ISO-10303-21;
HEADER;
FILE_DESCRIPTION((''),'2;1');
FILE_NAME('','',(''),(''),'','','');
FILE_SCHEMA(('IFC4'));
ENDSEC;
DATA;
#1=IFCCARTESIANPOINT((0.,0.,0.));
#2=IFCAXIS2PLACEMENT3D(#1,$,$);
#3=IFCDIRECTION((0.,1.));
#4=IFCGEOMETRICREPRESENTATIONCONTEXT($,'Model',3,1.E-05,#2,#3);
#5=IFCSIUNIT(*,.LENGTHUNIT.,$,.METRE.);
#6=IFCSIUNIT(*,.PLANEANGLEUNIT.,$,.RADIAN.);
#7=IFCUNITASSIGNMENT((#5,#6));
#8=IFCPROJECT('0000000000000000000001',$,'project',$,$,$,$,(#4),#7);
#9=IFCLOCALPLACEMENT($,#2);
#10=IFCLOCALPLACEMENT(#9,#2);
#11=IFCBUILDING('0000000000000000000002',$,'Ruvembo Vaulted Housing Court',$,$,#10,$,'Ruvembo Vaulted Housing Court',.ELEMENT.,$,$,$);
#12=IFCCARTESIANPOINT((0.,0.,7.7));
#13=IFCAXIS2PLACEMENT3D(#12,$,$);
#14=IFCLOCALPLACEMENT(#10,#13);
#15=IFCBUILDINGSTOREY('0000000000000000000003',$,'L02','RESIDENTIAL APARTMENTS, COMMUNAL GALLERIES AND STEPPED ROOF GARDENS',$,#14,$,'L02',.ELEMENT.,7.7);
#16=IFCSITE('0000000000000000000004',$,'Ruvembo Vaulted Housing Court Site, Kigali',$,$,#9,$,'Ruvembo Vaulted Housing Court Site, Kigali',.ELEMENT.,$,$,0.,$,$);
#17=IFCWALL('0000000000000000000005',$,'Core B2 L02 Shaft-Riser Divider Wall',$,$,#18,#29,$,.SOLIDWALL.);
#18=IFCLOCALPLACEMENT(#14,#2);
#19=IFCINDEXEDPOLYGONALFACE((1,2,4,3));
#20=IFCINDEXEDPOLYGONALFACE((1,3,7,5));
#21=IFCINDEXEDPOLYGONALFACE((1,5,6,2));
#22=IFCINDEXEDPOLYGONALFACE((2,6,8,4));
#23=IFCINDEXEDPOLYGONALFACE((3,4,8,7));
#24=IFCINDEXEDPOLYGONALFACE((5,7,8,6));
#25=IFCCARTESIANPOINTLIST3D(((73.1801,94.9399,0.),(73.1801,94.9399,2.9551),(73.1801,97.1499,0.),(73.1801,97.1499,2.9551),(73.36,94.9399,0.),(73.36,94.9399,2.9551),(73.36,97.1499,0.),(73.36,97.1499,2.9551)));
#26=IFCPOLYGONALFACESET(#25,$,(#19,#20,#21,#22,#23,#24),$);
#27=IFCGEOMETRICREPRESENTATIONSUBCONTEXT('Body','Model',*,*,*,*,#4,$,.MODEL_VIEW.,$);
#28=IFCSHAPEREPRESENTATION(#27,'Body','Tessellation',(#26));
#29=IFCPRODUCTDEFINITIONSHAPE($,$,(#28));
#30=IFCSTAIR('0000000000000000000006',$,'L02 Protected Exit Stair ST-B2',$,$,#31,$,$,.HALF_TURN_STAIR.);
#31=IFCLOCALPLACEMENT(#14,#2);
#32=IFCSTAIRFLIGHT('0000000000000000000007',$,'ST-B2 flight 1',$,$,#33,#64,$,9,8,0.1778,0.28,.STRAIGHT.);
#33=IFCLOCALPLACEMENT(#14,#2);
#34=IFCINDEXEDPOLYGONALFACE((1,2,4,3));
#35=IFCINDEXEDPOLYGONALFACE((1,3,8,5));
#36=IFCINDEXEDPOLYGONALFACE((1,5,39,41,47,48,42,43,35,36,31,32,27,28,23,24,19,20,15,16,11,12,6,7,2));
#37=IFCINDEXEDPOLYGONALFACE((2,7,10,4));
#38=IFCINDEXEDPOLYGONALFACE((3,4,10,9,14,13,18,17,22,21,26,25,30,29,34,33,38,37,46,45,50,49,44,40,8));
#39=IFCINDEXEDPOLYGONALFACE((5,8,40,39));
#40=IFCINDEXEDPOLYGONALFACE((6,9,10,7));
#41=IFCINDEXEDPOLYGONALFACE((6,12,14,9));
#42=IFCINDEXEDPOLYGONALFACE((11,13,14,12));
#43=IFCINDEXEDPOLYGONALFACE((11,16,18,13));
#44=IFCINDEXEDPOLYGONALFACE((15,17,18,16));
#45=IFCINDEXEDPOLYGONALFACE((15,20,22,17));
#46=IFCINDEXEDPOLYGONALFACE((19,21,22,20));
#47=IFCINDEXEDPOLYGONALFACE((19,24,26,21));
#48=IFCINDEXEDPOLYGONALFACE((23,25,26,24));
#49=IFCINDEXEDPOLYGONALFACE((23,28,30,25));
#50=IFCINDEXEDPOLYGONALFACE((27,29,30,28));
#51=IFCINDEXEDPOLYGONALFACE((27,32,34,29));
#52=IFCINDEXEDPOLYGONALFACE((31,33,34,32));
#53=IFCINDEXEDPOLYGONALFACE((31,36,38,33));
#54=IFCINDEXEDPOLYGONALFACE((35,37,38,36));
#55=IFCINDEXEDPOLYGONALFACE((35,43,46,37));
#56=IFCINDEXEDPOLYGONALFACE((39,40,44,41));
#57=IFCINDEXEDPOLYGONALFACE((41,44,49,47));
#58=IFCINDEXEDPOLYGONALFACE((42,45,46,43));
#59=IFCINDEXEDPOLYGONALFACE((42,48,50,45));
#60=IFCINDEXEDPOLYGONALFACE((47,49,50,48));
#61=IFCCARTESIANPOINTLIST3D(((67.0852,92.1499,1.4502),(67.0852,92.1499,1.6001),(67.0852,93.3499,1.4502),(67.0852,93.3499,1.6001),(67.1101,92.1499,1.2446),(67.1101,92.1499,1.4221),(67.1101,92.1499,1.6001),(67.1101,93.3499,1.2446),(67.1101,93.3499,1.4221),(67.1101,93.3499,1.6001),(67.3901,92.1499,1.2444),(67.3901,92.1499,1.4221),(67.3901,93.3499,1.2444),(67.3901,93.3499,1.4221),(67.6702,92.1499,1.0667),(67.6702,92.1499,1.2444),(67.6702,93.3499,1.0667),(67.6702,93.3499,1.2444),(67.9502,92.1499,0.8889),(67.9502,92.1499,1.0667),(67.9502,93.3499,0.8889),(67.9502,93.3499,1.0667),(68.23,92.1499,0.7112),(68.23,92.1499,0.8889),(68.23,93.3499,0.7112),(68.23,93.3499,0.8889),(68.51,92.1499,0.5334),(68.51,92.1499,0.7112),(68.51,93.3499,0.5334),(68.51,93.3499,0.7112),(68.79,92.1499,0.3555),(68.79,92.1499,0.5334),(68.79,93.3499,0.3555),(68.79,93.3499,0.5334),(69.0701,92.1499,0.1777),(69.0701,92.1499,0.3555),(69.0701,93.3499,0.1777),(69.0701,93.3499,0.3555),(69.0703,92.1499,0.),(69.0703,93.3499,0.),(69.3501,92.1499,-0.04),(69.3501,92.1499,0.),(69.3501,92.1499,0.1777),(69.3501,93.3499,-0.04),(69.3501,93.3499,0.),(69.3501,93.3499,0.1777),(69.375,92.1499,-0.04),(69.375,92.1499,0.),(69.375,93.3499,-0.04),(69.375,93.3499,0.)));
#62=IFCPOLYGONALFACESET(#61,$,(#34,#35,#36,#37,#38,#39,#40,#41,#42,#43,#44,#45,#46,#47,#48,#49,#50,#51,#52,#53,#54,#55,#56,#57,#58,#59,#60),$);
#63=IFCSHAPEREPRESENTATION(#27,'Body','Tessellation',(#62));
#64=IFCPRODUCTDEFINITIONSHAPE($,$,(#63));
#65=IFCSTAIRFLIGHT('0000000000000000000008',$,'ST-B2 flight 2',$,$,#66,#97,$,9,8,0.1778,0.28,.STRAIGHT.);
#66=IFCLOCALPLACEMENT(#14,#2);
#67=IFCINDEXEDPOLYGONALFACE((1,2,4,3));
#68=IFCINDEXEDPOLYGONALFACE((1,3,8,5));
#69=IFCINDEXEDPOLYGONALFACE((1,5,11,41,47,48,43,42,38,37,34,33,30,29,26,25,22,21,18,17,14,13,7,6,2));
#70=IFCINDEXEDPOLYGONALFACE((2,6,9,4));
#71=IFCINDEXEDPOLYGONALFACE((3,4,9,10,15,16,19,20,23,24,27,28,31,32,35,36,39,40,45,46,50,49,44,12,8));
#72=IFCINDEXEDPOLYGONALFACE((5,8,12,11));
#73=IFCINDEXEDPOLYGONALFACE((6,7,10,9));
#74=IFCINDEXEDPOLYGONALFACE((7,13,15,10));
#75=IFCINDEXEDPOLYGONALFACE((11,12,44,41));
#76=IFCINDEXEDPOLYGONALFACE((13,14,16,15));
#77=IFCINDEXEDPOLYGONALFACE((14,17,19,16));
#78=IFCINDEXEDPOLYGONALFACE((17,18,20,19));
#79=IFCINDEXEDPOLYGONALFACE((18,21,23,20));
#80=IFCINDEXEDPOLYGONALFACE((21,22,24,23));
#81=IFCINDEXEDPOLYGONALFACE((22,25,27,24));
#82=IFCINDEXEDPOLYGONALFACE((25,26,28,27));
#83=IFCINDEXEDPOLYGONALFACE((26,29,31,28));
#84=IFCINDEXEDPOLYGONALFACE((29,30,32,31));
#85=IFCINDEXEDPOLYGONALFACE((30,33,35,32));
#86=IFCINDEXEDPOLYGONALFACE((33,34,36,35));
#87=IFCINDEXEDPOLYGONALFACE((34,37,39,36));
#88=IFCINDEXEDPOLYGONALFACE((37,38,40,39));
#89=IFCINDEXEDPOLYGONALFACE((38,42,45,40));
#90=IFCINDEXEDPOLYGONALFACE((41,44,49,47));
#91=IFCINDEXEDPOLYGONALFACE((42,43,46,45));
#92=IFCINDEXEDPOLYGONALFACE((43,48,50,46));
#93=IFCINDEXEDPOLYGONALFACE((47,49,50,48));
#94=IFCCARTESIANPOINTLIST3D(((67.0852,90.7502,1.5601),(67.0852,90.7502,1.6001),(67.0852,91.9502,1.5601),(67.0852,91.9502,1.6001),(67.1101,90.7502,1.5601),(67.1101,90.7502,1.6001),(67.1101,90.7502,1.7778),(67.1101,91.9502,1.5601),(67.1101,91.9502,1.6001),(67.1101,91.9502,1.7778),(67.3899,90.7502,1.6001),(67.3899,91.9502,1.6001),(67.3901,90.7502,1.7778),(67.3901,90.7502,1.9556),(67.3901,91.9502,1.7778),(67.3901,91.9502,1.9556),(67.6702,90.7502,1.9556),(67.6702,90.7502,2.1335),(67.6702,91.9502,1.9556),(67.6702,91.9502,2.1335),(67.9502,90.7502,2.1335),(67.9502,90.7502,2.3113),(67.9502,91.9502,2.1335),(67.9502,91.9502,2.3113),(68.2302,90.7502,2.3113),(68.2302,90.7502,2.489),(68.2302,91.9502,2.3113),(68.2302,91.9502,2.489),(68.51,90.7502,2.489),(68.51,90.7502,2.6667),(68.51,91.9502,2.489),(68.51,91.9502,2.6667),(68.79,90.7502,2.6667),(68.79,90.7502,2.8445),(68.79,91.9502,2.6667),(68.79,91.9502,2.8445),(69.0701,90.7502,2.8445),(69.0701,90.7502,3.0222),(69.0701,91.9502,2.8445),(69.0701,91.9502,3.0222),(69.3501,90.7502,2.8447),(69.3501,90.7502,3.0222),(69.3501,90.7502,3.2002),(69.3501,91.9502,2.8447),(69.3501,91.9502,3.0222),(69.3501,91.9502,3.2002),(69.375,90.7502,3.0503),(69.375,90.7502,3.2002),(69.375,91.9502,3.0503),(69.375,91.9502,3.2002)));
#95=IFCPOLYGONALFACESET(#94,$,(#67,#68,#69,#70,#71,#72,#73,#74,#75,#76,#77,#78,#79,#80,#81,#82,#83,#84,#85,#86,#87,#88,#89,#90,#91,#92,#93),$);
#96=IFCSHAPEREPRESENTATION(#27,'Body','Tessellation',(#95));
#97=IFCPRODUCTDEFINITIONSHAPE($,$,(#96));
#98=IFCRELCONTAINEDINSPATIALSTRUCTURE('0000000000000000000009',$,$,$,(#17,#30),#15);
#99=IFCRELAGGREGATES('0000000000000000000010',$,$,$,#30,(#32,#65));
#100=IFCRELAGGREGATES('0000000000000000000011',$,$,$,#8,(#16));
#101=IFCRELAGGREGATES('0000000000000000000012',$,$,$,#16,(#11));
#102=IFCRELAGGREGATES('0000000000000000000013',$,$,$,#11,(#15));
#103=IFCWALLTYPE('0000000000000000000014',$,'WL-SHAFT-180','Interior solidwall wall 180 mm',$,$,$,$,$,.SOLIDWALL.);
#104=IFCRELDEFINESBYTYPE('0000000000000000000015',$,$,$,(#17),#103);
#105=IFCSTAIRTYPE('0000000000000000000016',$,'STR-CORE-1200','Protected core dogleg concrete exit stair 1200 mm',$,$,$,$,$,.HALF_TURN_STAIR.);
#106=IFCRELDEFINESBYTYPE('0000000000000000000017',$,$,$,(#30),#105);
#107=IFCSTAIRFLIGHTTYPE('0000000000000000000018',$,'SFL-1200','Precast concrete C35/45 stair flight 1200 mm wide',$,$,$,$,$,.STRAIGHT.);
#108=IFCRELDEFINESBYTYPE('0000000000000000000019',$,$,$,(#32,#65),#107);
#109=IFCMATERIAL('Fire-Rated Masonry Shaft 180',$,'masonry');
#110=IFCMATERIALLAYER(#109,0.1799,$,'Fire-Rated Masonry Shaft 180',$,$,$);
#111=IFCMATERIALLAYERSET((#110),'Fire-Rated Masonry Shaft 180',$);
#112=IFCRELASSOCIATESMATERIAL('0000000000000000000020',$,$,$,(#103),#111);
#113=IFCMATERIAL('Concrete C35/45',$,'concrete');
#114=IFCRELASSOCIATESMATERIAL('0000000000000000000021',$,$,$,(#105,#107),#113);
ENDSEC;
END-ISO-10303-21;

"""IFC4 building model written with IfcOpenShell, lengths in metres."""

from ifc_helpers import new_model, si_unit, direction, frame, frame_2d, origin, place, context, subcontext, project, spatial, polyline, rectangle, outline, extrude, material, layer, layer_set, type_object, element, aggregate, save


model = new_model("IFC4")

# Units and contexts
model_context = context("Model", 3, precision=1e-05, world=origin(), true_north=direction((0.0, 1.0)))
body_context = subcontext(model_context, "Body", "Model", "MODEL_VIEW")
ifc_project = project(units=[si_unit("LENGTHUNIT", "METRE"), si_unit("PLANEANGLEUNIT", "RADIAN")], contexts=[model_context])

# Site, building, storey
site_placement = place(None, origin())
site = spatial("IfcSite", under=ifc_project, at=site_placement, Name="Ruvembo Vaulted Housing Court Site, Kigali", LongName="Ruvembo Vaulted Housing Court Site, Kigali", CompositionType="ELEMENT", RefElevation=0.0)
building_placement = place(site_placement, origin())
building = spatial("IfcBuilding", under=site, at=building_placement, Name="Ruvembo Vaulted Housing Court", LongName="Ruvembo Vaulted Housing Court", CompositionType="ELEMENT")
storey_placement = place(building_placement, frame((0.0, 0.0, 7.7)))
storey = spatial("IfcBuildingStorey", under=building, at=storey_placement, Name="L02", Description="RESIDENTIAL APARTMENTS, COMMUNAL GALLERIES AND STEPPED ROOF GARDENS", LongName="L02", CompositionType="ELEMENT", Elevation=7.7)

# Shared definitions
ifc_material_1 = material(Name="Concrete C35/45", Category="concrete")

# Shared definitions
ifc_material_2 = material(Name="Fire-Rated Masonry Shaft 180", Category="masonry")
ifc_layer_1 = layer(ifc_material_2, 0.1799, Name="Fire-Rated Masonry Shaft 180")
ifc_layer_set_1 = layer_set([ifc_layer_1], Name="Fire-Rated Masonry Shaft 180")
wall_type_1 = type_object("IfcWallType", Name="WL-SHAFT-180", Description="Interior solidwall wall 180 mm", PredefinedType="SOLIDWALL", material=ifc_layer_set_1)

# Wall
wall_1_placement = place(storey_placement, frame((73.27, 94.9399, 0.0), z_axis=(0.0, 0.0, 1.0), x_axis=(0.0, 1.0, 0.0)))
element("IfcWall", 1, at=wall_1_placement, inside=storey, type_object=wall_type_1, Name="Core B2 L02 Shaft-Riser Divider Wall", PredefinedType="SOLIDWALL", context=body_context, shape_type="SweptSolid", body=[
    extrude(rectangle(XDim=2.21, YDim=0.1799, at=frame_2d((1.105, 0.0))), origin(), (0.0, 0.0, 1.0), 2.9551),
])

# Stair, stair flights
stair_type = type_object("IfcStairType", Name="STR-CORE-1200", Description="Protected core dogleg concrete exit stair 1200 mm", PredefinedType="HALF_TURN_STAIR", material=ifc_material_1)
stair_placement = place(storey_placement, origin())
stair = element("IfcStair", 2, at=stair_placement, inside=storey, type_object=stair_type, Name="L02 Protected Exit Stair ST-B2", PredefinedType="HALF_TURN_STAIR")
stair_flight_type = type_object("IfcStairFlightType", Name="SFL-1200", Description="Precast concrete C35/45 stair flight 1200 mm wide", PredefinedType="STRAIGHT", material=ifc_material_1)
stair_flight_1_placement = place(storey_placement, frame((69.3501, 92.75, 0.0), z_axis=(0.0, 0.0, 1.0), x_axis=(-1.0, 0.0, 0.0)))
stair_flight_1 = element("IfcStairFlight", 3, at=stair_flight_1_placement, type_object=stair_flight_type, Name="ST-B2 flight 1", NumberOfRisers=9, NumberOfTreads=8, PredefinedType="STRAIGHT", RiserHeight=0.1778, TreadLength=0.28, context=body_context, shape_type="SweptSolid", body=[
    extrude(outline(polyline([(-0.0249, -0.04), (-0.0249, 0.0), (0.0, 0.0), (0.0, 0.1777), (0.28, 0.1777), (0.28, 0.3555), (0.5601, 0.3555), (0.5601, 0.5334), (0.8401, 0.5334), (0.8401, 0.7112), (1.1201, 0.7112), (1.1201, 0.8889), (1.3999, 0.8889), (1.3999, 1.0667), (1.6799, 1.0667), (1.6799, 1.2444), (1.96, 1.2444), (1.96, 1.4221), (2.24, 1.4221), (2.24, 1.6001), (2.2649, 1.6001), (2.2649, 1.4502), (2.24, 1.2446), (0.2798, 0.0), (0.0, -0.04), (-0.0249, -0.04)])), frame((0.0, 0.6001, 0.0), z_axis=(0.0, -1.0, 0.0), x_axis=(1.0, 0.0, 0.0)), (0.0, 0.0, 1.0), 1.2),
])
stair_flight_2_placement = place(storey_placement, frame((67.1101, 91.3501, 1.6001), z_axis=(0.0, 0.0, 1.0), x_axis=(1.0, 0.0, 0.0)))
stair_flight_2 = element("IfcStairFlight", 4, at=stair_flight_2_placement, type_object=stair_flight_type, Name="ST-B2 flight 2", NumberOfRisers=9, NumberOfTreads=8, PredefinedType="STRAIGHT", RiserHeight=0.1778, TreadLength=0.28, context=body_context, shape_type="SweptSolid", body=[
    extrude(outline(polyline([(-0.0249, -0.04), (-0.0249, 0.0), (0.0, 0.0), (0.0, 0.1777), (0.28, 0.1777), (0.28, 0.3555), (0.5601, 0.3555), (0.5601, 0.5334), (0.8401, 0.5334), (0.8401, 0.7112), (1.1201, 0.7112), (1.1201, 0.8889), (1.3999, 0.8889), (1.3999, 1.0667), (1.6799, 1.0667), (1.6799, 1.2444), (1.96, 1.2444), (1.96, 1.4221), (2.24, 1.4221), (2.24, 1.6001), (2.2649, 1.6001), (2.2649, 1.4502), (2.24, 1.2446), (0.2798, 0.0), (0.0, -0.04), (-0.0249, -0.04)])), frame((0.0, 0.6001, 0.0), z_axis=(0.0, -1.0, 0.0), x_axis=(1.0, 0.0, 0.0)), (0.0, 0.0, 1.0), 1.2),
])
aggregate(stair, [stair_flight_1, stair_flight_2])

save(model, "model.ifc")
